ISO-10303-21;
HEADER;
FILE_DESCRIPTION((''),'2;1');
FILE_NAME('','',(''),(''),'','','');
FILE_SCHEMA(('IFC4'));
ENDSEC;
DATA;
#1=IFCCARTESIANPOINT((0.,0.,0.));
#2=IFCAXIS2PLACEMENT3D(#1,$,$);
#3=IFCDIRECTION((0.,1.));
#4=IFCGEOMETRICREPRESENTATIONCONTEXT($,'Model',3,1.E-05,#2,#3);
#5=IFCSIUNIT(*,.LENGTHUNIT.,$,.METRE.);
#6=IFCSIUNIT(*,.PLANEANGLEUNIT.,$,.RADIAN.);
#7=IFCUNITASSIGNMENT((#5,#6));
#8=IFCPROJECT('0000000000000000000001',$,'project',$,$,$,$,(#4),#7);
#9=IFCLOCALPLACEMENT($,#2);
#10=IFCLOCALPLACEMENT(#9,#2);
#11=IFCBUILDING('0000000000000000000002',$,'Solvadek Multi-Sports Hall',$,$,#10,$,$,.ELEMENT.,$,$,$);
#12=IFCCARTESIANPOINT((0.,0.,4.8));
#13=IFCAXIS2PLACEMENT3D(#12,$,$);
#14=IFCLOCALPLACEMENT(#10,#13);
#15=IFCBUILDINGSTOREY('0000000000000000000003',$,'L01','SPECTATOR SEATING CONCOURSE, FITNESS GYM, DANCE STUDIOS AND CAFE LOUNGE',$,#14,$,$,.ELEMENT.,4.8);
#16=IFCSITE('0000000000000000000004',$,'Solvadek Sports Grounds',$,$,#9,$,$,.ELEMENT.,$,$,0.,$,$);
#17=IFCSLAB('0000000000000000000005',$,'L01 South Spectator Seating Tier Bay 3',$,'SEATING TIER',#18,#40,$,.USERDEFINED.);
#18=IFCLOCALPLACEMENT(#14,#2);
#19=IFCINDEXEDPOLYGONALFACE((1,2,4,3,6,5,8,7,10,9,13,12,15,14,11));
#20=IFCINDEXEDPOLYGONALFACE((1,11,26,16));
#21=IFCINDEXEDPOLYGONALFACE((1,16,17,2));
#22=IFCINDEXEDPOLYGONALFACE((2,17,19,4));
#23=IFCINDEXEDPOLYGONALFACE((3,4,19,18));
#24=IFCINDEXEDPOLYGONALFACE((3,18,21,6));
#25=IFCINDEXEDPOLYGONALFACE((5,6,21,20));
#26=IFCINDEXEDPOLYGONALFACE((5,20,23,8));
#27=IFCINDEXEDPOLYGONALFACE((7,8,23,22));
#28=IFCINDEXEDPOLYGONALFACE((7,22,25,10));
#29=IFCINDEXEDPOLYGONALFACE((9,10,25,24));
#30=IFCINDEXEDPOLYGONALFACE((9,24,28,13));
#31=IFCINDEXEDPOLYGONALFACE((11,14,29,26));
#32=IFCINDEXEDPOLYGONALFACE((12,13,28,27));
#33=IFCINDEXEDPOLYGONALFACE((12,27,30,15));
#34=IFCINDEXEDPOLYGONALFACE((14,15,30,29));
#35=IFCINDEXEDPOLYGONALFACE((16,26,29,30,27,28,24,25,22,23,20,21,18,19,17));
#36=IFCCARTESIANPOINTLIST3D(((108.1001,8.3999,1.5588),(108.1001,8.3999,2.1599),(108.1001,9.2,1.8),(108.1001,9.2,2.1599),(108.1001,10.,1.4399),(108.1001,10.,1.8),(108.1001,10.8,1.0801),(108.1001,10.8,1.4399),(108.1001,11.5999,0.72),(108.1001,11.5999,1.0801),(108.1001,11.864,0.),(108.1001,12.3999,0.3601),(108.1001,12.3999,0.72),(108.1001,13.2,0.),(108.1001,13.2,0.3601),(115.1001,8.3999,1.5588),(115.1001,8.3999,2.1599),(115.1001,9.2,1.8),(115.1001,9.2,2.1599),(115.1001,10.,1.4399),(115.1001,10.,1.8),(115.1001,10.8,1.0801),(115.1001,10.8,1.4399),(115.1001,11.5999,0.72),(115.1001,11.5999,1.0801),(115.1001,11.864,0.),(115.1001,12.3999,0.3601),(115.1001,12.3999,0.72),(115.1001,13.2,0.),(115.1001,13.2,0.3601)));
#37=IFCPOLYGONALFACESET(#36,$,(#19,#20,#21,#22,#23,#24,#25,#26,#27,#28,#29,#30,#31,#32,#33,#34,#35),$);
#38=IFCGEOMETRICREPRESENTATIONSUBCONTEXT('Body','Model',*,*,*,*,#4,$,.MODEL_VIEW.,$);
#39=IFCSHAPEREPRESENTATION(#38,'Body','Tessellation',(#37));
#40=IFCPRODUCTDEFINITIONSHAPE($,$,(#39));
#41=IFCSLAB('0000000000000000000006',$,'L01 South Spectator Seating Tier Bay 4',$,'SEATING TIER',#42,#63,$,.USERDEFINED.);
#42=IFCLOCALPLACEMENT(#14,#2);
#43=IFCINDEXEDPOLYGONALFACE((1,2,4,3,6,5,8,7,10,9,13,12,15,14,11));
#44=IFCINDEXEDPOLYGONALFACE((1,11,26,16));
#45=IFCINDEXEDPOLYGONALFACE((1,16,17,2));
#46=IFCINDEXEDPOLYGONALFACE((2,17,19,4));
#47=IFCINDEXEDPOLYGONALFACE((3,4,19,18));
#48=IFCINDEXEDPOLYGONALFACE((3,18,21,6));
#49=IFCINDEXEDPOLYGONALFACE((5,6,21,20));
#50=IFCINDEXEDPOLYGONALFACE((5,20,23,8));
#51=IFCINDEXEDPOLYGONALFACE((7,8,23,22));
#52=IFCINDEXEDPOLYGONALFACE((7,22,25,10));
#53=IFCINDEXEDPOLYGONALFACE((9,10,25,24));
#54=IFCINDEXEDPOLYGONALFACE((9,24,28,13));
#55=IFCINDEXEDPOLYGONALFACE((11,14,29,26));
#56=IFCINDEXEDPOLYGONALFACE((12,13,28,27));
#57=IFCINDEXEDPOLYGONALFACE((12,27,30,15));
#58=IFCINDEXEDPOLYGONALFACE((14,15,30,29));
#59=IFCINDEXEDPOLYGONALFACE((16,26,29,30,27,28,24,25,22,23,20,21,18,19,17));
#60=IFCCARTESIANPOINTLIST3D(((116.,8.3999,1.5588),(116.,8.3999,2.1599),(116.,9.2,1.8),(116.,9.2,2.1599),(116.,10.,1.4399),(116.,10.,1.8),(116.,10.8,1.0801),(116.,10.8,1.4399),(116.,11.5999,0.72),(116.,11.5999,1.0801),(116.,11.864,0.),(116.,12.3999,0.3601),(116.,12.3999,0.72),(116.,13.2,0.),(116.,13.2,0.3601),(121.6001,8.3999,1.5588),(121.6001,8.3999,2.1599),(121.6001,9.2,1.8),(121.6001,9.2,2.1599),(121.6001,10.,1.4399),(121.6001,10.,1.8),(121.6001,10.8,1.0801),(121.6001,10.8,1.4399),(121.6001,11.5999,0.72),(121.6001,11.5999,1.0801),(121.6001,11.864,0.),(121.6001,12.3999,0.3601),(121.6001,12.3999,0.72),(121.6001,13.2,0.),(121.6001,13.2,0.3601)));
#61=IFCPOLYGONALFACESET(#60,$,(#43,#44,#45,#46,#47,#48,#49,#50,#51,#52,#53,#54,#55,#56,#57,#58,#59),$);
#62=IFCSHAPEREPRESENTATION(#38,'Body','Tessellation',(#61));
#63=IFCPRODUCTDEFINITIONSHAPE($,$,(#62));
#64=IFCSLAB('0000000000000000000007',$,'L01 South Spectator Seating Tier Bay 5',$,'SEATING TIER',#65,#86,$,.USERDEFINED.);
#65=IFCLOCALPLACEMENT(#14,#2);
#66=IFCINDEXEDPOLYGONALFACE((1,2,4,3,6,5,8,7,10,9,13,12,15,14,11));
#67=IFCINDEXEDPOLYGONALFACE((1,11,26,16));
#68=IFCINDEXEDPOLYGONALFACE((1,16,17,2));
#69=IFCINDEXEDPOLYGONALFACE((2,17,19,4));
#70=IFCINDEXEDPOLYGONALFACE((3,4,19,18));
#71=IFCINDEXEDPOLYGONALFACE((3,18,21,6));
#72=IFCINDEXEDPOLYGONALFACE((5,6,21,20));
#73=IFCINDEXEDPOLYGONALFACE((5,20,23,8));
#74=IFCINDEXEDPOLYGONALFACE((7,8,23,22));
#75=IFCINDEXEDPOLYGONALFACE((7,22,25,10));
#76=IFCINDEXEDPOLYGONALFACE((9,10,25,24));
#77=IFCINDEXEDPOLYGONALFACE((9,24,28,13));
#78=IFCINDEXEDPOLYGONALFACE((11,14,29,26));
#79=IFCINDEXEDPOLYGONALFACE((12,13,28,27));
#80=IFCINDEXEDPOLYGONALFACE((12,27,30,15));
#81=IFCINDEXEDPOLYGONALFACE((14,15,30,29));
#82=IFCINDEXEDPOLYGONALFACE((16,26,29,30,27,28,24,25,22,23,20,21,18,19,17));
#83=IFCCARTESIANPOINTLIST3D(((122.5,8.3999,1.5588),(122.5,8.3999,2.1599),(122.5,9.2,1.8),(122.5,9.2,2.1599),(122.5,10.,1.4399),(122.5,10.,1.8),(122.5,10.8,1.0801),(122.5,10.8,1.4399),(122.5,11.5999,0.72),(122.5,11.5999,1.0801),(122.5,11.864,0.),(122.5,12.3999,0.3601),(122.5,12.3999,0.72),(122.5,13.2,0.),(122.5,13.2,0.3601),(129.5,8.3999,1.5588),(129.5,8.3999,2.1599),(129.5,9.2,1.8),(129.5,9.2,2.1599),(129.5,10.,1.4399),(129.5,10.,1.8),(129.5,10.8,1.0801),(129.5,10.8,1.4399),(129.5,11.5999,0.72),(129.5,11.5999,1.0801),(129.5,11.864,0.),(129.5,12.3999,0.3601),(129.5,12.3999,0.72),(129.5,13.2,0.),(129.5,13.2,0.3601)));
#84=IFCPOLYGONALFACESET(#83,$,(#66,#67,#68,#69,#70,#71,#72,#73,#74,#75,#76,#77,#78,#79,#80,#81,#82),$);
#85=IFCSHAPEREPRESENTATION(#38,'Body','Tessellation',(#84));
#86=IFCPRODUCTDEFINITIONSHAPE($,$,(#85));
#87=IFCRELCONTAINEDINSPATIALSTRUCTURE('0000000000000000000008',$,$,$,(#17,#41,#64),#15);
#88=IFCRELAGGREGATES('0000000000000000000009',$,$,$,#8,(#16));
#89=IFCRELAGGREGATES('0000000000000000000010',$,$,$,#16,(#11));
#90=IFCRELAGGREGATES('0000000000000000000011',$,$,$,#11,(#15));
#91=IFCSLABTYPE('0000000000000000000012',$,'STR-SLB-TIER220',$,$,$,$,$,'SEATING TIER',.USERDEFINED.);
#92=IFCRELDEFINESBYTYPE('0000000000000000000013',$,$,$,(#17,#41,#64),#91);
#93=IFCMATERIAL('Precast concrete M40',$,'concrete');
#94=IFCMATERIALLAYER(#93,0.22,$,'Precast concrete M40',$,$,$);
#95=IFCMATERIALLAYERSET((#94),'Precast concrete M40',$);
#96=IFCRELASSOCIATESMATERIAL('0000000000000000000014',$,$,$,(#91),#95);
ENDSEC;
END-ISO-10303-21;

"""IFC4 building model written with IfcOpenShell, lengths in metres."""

from ifc_helpers import new_model, si_unit, direction, frame, origin, place, context, subcontext, project, spatial, polyline, outline, extrude, material, layer, layer_set, type_object, element, save


model = new_model("IFC4")

# Units and contexts
model_context = context("Model", 3, precision=1e-05, world=origin(), true_north=direction((0.0, 1.0)))
body_context = subcontext(model_context, "Body", "Model", "MODEL_VIEW")
ifc_project = project(units=[si_unit("LENGTHUNIT", "METRE"), si_unit("PLANEANGLEUNIT", "RADIAN")], contexts=[model_context])

# Site, building, storey
site_placement = place(None, origin())
site = spatial("IfcSite", under=ifc_project, at=site_placement, Name="Solvadek Sports Grounds", CompositionType="ELEMENT", RefElevation=0.0)
building_placement = place(site_placement, origin())
building = spatial("IfcBuilding", under=site, at=building_placement, Name="Solvadek Multi-Sports Hall", CompositionType="ELEMENT")
storey_placement = place(building_placement, frame((0.0, 0.0, 4.8)))
storey = spatial("IfcBuildingStorey", under=building, at=storey_placement, Name="L01", Description="SPECTATOR SEATING CONCOURSE, FITNESS GYM, DANCE STUDIOS AND CAFE LOUNGE", CompositionType="ELEMENT", Elevation=4.8)

# Slabs
ifc_material_1 = material(Name="Precast concrete M40", Category="concrete")
ifc_layer_1 = layer(ifc_material_1, 0.22, Name="Precast concrete M40")
ifc_layer_set_1 = layer_set([ifc_layer_1], Name="Precast concrete M40")
slab_type = type_object("IfcSlabType", Name="STR-SLB-TIER220", ElementType="SEATING TIER", PredefinedType="USERDEFINED", material=ifc_layer_set_1)
slab_1_placement = place(storey_placement, frame((111.6001, 13.2, 0.0), z_axis=(0.0, 0.0, 1.0), x_axis=(0.0, -1.0, 0.0)))
element("IfcSlab", 1, at=slab_1_placement, inside=storey, type_object=slab_type, Name="L01 South Spectator Seating Tier Bay 3", ObjectType="SEATING TIER", PredefinedType="USERDEFINED", context=body_context, shape_type="SweptSolid", body=[
    extrude(outline(polyline([(0.0, 0.0), (0.0, 0.3601), (0.8, 0.3601), (0.8, 0.72), (1.6001, 0.72), (1.6001, 1.0801), (2.3999, 1.0801), (2.3999, 1.4399), (3.2, 1.4399), (3.2, 1.8), (4.0, 1.8), (4.0, 2.1599), (4.8, 2.1599), (4.8, 1.5588), (1.3359, 0.0), (0.0, 0.0)])), frame((0.0, 3.5, 0.0), z_axis=(0.0, -1.0, 0.0), x_axis=(1.0, 0.0, 0.0)), (0.0, 0.0, 1.0), 7.0),
])
slab_2_placement = place(storey_placement, frame((118.8, 13.2, 0.0), z_axis=(0.0, 0.0, 1.0), x_axis=(0.0, -1.0, 0.0)))
element("IfcSlab", 2, at=slab_2_placement, inside=storey, type_object=slab_type, Name="L01 South Spectator Seating Tier Bay 4", ObjectType="SEATING TIER", PredefinedType="USERDEFINED", context=body_context, shape_type="SweptSolid", body=[
    extrude(outline(polyline([(0.0, 0.0), (0.0, 0.3601), (0.8, 0.3601), (0.8, 0.72), (1.6001, 0.72), (1.6001, 1.0801), (2.3999, 1.0801), (2.3999, 1.4399), (3.2, 1.4399), (3.2, 1.8), (4.0, 1.8), (4.0, 2.1599), (4.8, 2.1599), (4.8, 1.5588), (1.3359, 0.0), (0.0, 0.0)])), frame((0.0, 2.8, 0.0), z_axis=(0.0, -1.0, 0.0), x_axis=(1.0, 0.0, 0.0)), (0.0, 0.0, 1.0), 5.6001),
])
slab_3_placement = place(storey_placement, frame((126.0, 13.2, 0.0), z_axis=(0.0, 0.0, 1.0), x_axis=(0.0, -1.0, 0.0)))
element("IfcSlab", 3, at=slab_3_placement, inside=storey, type_object=slab_type, Name="L01 South Spectator Seating Tier Bay 5", ObjectType="SEATING TIER", PredefinedType="USERDEFINED", context=body_context, shape_type="SweptSolid", body=[
    extrude(outline(polyline([(0.0, 0.0), (0.0, 0.3601), (0.8, 0.3601), (0.8, 0.72), (1.6001, 0.72), (1.6001, 1.0801), (2.3999, 1.0801), (2.3999, 1.4399), (3.2, 1.4399), (3.2, 1.8), (4.0, 1.8), (4.0, 2.1599), (4.8, 2.1599), (4.8, 1.5588), (1.3359, 0.0), (0.0, 0.0)])), frame((0.0, 3.5, 0.0), z_axis=(0.0, -1.0, 0.0), x_axis=(1.0, 0.0, 0.0)), (0.0, 0.0, 1.0), 7.0),
])

save(model, "model.ifc")
